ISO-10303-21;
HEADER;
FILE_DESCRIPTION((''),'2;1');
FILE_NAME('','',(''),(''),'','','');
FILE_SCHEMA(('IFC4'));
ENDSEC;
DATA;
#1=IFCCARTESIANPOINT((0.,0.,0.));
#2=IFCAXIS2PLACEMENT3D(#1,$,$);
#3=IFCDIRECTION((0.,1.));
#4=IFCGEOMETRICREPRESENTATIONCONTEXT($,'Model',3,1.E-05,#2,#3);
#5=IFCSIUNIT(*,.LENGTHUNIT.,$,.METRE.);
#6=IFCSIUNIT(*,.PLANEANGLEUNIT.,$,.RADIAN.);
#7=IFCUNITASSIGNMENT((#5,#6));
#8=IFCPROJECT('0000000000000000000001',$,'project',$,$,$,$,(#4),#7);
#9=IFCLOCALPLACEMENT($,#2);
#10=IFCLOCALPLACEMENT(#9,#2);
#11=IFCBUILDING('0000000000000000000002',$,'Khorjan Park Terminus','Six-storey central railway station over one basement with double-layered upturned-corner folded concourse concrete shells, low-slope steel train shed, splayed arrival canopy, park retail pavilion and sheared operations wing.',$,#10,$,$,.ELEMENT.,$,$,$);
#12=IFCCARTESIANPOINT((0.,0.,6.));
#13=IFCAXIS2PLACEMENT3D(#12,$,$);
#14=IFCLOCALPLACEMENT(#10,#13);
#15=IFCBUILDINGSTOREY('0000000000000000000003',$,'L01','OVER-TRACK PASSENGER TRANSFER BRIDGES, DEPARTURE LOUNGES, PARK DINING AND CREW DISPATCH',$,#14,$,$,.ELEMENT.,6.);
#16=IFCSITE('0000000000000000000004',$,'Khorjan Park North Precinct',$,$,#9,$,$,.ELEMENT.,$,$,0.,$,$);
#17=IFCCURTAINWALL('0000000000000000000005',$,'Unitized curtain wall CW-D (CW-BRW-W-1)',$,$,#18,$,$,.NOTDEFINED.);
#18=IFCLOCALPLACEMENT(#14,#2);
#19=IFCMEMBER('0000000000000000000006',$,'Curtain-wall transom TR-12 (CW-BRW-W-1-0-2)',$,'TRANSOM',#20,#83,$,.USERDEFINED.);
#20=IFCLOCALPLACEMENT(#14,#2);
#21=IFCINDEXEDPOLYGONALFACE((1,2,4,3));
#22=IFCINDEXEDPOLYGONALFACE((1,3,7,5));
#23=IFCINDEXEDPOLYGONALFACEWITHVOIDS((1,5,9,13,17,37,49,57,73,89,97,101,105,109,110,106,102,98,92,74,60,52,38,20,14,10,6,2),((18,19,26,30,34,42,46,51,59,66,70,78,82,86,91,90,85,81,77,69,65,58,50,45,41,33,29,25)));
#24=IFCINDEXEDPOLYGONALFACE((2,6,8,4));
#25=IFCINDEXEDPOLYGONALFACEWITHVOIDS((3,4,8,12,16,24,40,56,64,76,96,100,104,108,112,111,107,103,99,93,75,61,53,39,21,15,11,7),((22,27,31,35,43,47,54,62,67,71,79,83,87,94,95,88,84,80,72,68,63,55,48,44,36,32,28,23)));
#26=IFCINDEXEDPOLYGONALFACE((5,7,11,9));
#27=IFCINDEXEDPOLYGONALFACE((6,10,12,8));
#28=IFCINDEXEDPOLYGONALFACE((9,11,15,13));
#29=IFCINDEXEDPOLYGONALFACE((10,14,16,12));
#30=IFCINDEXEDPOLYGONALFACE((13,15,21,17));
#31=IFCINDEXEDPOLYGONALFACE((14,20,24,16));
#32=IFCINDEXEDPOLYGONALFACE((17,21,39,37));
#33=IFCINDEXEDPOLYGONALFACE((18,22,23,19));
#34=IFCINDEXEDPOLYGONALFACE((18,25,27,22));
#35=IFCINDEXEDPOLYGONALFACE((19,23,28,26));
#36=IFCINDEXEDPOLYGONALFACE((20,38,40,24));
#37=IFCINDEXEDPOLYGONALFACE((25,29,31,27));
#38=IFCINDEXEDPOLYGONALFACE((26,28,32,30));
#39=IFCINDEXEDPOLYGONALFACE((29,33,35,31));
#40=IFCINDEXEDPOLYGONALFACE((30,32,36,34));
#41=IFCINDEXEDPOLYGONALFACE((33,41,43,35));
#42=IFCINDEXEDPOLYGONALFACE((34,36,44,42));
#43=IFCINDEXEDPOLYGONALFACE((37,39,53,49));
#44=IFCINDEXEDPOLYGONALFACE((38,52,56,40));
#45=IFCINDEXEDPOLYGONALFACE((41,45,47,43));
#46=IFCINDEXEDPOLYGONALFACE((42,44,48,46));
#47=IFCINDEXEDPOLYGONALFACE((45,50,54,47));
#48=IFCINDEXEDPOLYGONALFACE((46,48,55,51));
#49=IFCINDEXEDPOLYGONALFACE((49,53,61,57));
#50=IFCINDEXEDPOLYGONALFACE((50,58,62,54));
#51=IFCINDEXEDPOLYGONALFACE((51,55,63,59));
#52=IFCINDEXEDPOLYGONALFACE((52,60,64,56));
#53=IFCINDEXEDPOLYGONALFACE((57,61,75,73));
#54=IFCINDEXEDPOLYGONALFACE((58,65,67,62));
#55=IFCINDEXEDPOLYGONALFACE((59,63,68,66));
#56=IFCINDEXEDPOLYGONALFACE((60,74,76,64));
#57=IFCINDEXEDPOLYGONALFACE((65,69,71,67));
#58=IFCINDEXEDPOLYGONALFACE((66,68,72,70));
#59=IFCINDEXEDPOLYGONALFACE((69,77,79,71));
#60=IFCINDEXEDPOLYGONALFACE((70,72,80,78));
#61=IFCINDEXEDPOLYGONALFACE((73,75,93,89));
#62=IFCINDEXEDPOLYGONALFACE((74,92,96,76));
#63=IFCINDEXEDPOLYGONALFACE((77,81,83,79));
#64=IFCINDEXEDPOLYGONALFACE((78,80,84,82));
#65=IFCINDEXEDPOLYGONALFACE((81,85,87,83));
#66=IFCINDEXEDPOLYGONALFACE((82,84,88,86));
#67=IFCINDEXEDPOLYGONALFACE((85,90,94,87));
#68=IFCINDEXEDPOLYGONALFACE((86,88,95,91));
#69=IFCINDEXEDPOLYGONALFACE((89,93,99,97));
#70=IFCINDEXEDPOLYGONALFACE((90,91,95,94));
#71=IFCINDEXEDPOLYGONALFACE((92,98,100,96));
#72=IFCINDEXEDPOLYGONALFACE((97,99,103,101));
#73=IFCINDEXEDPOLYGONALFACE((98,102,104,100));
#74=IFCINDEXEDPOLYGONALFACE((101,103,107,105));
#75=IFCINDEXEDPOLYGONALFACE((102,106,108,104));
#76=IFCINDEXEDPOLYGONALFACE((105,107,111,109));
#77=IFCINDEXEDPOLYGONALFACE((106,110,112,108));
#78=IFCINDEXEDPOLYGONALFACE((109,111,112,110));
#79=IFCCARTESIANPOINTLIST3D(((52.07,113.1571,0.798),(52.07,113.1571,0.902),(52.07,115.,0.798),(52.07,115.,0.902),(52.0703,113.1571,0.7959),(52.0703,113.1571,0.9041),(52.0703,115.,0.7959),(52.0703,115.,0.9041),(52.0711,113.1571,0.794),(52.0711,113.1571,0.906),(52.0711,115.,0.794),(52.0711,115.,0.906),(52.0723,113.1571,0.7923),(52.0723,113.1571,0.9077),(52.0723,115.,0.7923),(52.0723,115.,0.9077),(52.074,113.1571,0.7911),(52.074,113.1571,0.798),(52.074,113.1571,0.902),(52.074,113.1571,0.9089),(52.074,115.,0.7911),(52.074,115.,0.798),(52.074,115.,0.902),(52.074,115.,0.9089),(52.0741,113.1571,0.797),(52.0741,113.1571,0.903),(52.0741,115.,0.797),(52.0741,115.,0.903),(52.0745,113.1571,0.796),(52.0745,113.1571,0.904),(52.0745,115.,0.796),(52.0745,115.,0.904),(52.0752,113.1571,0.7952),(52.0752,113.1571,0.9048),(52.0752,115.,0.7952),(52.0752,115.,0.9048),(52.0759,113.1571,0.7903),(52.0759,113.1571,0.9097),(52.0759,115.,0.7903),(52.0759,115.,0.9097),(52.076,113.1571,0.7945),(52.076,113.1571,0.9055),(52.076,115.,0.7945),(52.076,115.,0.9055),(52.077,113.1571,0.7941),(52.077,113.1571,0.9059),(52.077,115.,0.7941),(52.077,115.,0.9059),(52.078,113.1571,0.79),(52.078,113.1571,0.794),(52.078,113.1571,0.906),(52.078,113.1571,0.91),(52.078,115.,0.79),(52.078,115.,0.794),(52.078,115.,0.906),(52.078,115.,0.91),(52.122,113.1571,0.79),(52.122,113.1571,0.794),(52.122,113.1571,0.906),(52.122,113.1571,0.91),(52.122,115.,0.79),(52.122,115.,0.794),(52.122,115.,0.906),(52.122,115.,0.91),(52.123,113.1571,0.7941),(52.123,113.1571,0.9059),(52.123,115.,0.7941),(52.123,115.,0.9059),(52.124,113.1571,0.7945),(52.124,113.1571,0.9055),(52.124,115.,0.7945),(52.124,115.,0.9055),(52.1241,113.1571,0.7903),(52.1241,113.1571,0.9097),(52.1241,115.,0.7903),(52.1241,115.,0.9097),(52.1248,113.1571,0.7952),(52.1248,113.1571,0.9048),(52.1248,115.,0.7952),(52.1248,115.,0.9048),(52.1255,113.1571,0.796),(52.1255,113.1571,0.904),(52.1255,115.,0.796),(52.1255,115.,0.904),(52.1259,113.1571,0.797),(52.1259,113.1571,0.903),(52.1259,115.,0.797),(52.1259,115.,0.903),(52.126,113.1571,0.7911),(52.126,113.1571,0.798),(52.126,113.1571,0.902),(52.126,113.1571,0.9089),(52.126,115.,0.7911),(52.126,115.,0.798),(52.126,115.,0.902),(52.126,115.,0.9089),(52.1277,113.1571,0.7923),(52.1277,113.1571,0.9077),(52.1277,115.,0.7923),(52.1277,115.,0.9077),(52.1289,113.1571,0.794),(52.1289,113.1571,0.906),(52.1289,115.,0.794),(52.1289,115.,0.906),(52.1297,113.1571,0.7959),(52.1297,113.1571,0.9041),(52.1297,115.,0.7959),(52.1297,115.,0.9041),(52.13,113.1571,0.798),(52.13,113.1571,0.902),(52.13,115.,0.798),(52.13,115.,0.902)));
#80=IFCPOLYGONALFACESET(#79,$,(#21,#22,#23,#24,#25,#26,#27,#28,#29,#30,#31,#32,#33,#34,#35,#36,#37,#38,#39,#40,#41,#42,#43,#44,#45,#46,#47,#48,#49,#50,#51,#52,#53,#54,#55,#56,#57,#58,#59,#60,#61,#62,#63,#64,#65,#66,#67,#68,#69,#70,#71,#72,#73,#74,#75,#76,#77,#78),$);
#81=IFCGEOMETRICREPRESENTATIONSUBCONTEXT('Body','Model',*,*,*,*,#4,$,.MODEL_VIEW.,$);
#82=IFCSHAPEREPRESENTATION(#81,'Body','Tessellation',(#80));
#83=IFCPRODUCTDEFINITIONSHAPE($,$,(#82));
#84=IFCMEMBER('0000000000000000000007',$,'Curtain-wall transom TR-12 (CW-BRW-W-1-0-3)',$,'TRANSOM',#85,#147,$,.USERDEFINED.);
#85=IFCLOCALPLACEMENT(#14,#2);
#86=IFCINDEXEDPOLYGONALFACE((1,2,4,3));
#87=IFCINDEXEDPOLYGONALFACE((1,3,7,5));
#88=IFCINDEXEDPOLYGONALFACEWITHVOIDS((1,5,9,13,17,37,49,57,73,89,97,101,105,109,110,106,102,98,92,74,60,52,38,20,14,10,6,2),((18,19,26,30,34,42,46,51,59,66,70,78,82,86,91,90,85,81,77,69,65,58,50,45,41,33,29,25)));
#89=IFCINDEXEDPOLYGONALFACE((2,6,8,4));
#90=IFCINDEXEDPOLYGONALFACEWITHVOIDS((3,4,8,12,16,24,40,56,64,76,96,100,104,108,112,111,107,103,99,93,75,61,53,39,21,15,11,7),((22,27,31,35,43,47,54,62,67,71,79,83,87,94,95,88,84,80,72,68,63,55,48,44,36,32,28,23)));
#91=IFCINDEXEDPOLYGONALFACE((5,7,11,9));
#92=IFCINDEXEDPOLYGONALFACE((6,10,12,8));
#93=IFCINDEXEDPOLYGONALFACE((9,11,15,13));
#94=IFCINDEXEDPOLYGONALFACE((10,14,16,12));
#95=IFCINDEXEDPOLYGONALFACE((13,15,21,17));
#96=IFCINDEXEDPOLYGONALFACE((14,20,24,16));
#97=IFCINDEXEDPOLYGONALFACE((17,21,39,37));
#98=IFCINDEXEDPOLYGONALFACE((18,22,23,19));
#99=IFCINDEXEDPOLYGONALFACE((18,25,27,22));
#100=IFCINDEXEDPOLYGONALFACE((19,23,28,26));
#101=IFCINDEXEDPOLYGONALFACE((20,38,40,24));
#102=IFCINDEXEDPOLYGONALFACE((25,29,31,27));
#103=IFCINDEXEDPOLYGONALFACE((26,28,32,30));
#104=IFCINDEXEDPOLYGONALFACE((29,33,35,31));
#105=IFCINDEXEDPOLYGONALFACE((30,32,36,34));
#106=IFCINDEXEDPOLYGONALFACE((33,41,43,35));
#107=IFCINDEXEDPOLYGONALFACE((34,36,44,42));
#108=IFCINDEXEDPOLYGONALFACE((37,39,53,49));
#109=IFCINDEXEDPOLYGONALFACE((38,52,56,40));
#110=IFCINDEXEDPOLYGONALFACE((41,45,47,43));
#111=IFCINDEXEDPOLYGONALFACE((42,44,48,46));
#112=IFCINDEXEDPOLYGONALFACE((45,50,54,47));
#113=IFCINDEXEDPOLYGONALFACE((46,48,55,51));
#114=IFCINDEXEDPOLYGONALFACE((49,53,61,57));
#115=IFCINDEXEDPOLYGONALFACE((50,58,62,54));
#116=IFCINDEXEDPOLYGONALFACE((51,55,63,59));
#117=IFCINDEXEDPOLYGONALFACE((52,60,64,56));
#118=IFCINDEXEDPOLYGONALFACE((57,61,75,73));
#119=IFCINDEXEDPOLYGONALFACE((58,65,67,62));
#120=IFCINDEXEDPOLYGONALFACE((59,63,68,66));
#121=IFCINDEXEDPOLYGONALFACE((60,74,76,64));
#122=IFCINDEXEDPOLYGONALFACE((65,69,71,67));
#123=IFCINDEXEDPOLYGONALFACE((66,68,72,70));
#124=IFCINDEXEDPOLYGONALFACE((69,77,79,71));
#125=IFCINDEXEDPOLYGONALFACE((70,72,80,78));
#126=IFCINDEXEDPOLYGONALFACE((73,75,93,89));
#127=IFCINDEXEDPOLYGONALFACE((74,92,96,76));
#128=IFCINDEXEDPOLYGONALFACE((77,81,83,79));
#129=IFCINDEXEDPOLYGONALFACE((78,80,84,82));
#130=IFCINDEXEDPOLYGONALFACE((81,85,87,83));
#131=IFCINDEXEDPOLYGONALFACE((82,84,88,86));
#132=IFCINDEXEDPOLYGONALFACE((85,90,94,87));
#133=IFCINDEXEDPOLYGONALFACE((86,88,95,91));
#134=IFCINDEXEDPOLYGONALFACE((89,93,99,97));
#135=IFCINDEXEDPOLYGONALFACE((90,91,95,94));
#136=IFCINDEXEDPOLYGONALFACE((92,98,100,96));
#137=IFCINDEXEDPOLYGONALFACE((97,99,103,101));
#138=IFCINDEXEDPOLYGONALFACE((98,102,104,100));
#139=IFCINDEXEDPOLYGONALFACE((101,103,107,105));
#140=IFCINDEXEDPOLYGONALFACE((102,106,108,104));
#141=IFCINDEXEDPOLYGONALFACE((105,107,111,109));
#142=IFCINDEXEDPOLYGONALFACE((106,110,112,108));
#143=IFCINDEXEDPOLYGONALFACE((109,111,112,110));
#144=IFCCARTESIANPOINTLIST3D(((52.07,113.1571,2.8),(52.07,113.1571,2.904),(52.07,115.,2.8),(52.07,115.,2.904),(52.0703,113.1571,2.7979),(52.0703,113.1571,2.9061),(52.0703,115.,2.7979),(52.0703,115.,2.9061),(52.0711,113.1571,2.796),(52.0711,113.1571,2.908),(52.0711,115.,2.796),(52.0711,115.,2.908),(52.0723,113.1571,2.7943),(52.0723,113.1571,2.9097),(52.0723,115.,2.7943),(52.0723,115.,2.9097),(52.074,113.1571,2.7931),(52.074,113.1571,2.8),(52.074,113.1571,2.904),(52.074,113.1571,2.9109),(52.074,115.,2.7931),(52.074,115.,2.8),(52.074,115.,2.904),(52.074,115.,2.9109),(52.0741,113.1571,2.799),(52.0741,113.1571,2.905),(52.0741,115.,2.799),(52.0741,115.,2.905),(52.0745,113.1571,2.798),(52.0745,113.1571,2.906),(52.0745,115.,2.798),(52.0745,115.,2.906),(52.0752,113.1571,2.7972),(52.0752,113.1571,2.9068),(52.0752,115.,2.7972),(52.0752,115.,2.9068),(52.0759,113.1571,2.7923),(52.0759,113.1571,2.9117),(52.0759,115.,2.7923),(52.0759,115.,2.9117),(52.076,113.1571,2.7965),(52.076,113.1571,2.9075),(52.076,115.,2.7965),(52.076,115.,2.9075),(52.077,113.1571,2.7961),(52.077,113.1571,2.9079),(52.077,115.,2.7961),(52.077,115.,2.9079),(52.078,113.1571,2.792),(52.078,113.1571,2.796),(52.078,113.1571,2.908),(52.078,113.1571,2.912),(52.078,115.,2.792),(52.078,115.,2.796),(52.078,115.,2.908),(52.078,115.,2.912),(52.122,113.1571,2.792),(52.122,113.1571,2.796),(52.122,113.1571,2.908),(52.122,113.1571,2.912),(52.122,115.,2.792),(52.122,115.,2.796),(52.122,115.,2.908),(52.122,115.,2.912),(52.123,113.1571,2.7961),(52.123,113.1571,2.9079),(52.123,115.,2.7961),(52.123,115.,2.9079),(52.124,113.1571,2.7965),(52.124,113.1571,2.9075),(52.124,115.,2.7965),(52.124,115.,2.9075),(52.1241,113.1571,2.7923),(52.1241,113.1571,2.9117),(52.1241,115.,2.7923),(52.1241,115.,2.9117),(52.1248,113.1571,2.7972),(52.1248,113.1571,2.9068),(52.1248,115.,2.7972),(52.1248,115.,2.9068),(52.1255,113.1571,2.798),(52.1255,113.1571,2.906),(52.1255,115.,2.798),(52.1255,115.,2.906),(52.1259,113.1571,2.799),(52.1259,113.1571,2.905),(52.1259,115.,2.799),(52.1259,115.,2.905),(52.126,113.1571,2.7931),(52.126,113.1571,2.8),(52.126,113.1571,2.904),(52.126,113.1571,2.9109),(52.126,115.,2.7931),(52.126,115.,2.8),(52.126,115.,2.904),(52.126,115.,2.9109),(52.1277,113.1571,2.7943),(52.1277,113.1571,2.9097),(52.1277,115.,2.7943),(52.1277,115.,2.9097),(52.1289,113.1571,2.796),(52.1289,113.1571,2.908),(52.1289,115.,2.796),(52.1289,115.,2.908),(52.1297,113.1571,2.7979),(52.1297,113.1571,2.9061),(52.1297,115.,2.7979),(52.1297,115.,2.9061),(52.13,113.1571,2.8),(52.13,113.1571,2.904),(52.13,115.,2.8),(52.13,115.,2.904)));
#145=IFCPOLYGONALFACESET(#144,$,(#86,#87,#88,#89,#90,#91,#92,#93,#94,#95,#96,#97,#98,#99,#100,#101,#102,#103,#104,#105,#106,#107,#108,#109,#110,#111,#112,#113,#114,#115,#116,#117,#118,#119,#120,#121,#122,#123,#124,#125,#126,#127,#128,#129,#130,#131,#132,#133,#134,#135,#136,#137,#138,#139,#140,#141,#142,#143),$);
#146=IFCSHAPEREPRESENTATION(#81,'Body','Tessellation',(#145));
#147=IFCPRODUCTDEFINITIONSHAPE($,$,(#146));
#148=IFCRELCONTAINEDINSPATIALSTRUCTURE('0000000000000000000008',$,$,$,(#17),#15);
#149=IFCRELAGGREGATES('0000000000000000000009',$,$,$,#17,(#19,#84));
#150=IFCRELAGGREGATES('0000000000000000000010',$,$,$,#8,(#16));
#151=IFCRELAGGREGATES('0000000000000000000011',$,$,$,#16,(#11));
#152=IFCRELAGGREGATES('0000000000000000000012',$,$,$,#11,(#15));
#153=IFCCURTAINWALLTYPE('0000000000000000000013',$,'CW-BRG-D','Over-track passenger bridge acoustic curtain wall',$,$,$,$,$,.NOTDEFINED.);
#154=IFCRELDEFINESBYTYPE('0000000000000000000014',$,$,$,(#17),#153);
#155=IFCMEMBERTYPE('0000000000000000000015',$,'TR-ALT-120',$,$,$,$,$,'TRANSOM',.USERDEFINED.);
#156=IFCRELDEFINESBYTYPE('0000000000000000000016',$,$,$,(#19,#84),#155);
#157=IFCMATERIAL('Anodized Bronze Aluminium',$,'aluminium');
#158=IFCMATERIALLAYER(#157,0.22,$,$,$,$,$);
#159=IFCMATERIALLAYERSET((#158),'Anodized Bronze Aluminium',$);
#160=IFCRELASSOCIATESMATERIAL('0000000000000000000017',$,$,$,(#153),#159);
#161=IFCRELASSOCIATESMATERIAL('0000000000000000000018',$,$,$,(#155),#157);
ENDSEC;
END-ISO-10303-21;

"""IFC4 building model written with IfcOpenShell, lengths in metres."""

from ifc_helpers import new_model, si_unit, direction, frame, origin, origin_2d, place, context, subcontext, project, spatial, hollow_rectangle, extrude, material, layer, layer_set, material_profile, profile_set, type_object, element, aggregate, save


model = new_model("IFC4")

# Units and contexts
model_context = context("Model", 3, precision=1e-05, world=origin(), true_north=direction((0.0, 1.0)))
body_context = subcontext(model_context, "Body", "Model", "MODEL_VIEW")
ifc_project = project(units=[si_unit("LENGTHUNIT", "METRE"), si_unit("PLANEANGLEUNIT", "RADIAN")], contexts=[model_context])

# Site, building, storey
site_placement = place(None, origin())
site = spatial("IfcSite", under=ifc_project, at=site_placement, Name="Khorjan Park North Precinct", CompositionType="ELEMENT", RefElevation=0.0)
building_placement = place(site_placement, origin())
building = spatial("IfcBuilding", under=site, at=building_placement, Name="Khorjan Park Terminus", Description="Six-storey central railway station over one basement with double-layered upturned-corner folded concourse concrete shells, low-slope steel train shed, splayed arrival canopy, park retail pavilion and sheared operations wing.", CompositionType="ELEMENT")
storey_placement = place(building_placement, frame((0.0, 0.0, 6.0)))
storey = spatial("IfcBuildingStorey", under=building, at=storey_placement, Name="L01", Description="OVER-TRACK PASSENGER TRANSFER BRIDGES, DEPARTURE LOUNGES, PARK DINING AND CREW DISPATCH", CompositionType="ELEMENT", Elevation=6.0)

# Curtain wall, members
ifc_material_1 = material(Name="Anodized Bronze Aluminium", Category="aluminium")
ifc_layer_1 = layer(ifc_material_1, 0.22)
ifc_layer_set_1 = layer_set([ifc_layer_1], Name="Anodized Bronze Aluminium")
curtain_wall_type = type_object("IfcCurtainWallType", Name="CW-BRG-D", Description="Over-track passenger bridge acoustic curtain wall", PredefinedType="NOTDEFINED", material=ifc_layer_set_1)
curtain_wall_1_placement = place(storey_placement, origin())
curtain_wall_1 = element("IfcCurtainWall", 1, at=curtain_wall_1_placement, inside=storey, type_object=curtain_wall_type, Name="Unitized curtain wall CW-D (CW-BRW-W-1)", PredefinedType="NOTDEFINED")
ifc_material_profile_1 = material_profile(ifc_material_1, hollow_rectangle(XDim=0.06, YDim=0.12, WallThickness=0.004, InnerFilletRadius=0.004, OuterFilletRadius=0.008, at=origin_2d()), Name="ALT 60x120x4")
ifc_profile_set_1 = profile_set([ifc_material_profile_1], Name="Anodized Bronze Aluminium")
member_type_1 = type_object("IfcMemberType", Name="TR-ALT-120", ElementType="TRANSOM", PredefinedType="USERDEFINED", material=ifc_profile_set_1)
member_1_placement = place(storey_placement, frame((52.1, 115.0, 0.85), z_axis=(0.0, -1.0, 0.0), x_axis=(1.0, 0.0, 0.0)))
member_1 = element("IfcMember", 2, at=member_1_placement, type_object=member_type_1, Name="Curtain-wall transom TR-12 (CW-BRW-W-1-0-2)", ObjectType="TRANSOM", PredefinedType="USERDEFINED", context=body_context, shape_type="SweptSolid", body=[
    extrude(hollow_rectangle(XDim=0.06, YDim=0.12, WallThickness=0.004, InnerFilletRadius=0.004, OuterFilletRadius=0.008, at=origin_2d()), origin(), (0.0, 0.0, 1.0), 1.8429),
])
member_2_placement = place(storey_placement, frame((52.1, 115.0, 2.852), z_axis=(0.0, -1.0, 0.0), x_axis=(1.0, 0.0, 0.0)))
member_2 = element("IfcMember", 3, at=member_2_placement, type_object=member_type_1, Name="Curtain-wall transom TR-12 (CW-BRW-W-1-0-3)", ObjectType="TRANSOM", PredefinedType="USERDEFINED", context=body_context, shape_type="SweptSolid", body=[
    extrude(hollow_rectangle(XDim=0.06, YDim=0.12, WallThickness=0.004, InnerFilletRadius=0.004, OuterFilletRadius=0.008, at=origin_2d()), origin(), (0.0, 0.0, 1.0), 1.8429),
])

aggregate(curtain_wall_1, [member_1, member_2])

save(model, "model.ifc")
